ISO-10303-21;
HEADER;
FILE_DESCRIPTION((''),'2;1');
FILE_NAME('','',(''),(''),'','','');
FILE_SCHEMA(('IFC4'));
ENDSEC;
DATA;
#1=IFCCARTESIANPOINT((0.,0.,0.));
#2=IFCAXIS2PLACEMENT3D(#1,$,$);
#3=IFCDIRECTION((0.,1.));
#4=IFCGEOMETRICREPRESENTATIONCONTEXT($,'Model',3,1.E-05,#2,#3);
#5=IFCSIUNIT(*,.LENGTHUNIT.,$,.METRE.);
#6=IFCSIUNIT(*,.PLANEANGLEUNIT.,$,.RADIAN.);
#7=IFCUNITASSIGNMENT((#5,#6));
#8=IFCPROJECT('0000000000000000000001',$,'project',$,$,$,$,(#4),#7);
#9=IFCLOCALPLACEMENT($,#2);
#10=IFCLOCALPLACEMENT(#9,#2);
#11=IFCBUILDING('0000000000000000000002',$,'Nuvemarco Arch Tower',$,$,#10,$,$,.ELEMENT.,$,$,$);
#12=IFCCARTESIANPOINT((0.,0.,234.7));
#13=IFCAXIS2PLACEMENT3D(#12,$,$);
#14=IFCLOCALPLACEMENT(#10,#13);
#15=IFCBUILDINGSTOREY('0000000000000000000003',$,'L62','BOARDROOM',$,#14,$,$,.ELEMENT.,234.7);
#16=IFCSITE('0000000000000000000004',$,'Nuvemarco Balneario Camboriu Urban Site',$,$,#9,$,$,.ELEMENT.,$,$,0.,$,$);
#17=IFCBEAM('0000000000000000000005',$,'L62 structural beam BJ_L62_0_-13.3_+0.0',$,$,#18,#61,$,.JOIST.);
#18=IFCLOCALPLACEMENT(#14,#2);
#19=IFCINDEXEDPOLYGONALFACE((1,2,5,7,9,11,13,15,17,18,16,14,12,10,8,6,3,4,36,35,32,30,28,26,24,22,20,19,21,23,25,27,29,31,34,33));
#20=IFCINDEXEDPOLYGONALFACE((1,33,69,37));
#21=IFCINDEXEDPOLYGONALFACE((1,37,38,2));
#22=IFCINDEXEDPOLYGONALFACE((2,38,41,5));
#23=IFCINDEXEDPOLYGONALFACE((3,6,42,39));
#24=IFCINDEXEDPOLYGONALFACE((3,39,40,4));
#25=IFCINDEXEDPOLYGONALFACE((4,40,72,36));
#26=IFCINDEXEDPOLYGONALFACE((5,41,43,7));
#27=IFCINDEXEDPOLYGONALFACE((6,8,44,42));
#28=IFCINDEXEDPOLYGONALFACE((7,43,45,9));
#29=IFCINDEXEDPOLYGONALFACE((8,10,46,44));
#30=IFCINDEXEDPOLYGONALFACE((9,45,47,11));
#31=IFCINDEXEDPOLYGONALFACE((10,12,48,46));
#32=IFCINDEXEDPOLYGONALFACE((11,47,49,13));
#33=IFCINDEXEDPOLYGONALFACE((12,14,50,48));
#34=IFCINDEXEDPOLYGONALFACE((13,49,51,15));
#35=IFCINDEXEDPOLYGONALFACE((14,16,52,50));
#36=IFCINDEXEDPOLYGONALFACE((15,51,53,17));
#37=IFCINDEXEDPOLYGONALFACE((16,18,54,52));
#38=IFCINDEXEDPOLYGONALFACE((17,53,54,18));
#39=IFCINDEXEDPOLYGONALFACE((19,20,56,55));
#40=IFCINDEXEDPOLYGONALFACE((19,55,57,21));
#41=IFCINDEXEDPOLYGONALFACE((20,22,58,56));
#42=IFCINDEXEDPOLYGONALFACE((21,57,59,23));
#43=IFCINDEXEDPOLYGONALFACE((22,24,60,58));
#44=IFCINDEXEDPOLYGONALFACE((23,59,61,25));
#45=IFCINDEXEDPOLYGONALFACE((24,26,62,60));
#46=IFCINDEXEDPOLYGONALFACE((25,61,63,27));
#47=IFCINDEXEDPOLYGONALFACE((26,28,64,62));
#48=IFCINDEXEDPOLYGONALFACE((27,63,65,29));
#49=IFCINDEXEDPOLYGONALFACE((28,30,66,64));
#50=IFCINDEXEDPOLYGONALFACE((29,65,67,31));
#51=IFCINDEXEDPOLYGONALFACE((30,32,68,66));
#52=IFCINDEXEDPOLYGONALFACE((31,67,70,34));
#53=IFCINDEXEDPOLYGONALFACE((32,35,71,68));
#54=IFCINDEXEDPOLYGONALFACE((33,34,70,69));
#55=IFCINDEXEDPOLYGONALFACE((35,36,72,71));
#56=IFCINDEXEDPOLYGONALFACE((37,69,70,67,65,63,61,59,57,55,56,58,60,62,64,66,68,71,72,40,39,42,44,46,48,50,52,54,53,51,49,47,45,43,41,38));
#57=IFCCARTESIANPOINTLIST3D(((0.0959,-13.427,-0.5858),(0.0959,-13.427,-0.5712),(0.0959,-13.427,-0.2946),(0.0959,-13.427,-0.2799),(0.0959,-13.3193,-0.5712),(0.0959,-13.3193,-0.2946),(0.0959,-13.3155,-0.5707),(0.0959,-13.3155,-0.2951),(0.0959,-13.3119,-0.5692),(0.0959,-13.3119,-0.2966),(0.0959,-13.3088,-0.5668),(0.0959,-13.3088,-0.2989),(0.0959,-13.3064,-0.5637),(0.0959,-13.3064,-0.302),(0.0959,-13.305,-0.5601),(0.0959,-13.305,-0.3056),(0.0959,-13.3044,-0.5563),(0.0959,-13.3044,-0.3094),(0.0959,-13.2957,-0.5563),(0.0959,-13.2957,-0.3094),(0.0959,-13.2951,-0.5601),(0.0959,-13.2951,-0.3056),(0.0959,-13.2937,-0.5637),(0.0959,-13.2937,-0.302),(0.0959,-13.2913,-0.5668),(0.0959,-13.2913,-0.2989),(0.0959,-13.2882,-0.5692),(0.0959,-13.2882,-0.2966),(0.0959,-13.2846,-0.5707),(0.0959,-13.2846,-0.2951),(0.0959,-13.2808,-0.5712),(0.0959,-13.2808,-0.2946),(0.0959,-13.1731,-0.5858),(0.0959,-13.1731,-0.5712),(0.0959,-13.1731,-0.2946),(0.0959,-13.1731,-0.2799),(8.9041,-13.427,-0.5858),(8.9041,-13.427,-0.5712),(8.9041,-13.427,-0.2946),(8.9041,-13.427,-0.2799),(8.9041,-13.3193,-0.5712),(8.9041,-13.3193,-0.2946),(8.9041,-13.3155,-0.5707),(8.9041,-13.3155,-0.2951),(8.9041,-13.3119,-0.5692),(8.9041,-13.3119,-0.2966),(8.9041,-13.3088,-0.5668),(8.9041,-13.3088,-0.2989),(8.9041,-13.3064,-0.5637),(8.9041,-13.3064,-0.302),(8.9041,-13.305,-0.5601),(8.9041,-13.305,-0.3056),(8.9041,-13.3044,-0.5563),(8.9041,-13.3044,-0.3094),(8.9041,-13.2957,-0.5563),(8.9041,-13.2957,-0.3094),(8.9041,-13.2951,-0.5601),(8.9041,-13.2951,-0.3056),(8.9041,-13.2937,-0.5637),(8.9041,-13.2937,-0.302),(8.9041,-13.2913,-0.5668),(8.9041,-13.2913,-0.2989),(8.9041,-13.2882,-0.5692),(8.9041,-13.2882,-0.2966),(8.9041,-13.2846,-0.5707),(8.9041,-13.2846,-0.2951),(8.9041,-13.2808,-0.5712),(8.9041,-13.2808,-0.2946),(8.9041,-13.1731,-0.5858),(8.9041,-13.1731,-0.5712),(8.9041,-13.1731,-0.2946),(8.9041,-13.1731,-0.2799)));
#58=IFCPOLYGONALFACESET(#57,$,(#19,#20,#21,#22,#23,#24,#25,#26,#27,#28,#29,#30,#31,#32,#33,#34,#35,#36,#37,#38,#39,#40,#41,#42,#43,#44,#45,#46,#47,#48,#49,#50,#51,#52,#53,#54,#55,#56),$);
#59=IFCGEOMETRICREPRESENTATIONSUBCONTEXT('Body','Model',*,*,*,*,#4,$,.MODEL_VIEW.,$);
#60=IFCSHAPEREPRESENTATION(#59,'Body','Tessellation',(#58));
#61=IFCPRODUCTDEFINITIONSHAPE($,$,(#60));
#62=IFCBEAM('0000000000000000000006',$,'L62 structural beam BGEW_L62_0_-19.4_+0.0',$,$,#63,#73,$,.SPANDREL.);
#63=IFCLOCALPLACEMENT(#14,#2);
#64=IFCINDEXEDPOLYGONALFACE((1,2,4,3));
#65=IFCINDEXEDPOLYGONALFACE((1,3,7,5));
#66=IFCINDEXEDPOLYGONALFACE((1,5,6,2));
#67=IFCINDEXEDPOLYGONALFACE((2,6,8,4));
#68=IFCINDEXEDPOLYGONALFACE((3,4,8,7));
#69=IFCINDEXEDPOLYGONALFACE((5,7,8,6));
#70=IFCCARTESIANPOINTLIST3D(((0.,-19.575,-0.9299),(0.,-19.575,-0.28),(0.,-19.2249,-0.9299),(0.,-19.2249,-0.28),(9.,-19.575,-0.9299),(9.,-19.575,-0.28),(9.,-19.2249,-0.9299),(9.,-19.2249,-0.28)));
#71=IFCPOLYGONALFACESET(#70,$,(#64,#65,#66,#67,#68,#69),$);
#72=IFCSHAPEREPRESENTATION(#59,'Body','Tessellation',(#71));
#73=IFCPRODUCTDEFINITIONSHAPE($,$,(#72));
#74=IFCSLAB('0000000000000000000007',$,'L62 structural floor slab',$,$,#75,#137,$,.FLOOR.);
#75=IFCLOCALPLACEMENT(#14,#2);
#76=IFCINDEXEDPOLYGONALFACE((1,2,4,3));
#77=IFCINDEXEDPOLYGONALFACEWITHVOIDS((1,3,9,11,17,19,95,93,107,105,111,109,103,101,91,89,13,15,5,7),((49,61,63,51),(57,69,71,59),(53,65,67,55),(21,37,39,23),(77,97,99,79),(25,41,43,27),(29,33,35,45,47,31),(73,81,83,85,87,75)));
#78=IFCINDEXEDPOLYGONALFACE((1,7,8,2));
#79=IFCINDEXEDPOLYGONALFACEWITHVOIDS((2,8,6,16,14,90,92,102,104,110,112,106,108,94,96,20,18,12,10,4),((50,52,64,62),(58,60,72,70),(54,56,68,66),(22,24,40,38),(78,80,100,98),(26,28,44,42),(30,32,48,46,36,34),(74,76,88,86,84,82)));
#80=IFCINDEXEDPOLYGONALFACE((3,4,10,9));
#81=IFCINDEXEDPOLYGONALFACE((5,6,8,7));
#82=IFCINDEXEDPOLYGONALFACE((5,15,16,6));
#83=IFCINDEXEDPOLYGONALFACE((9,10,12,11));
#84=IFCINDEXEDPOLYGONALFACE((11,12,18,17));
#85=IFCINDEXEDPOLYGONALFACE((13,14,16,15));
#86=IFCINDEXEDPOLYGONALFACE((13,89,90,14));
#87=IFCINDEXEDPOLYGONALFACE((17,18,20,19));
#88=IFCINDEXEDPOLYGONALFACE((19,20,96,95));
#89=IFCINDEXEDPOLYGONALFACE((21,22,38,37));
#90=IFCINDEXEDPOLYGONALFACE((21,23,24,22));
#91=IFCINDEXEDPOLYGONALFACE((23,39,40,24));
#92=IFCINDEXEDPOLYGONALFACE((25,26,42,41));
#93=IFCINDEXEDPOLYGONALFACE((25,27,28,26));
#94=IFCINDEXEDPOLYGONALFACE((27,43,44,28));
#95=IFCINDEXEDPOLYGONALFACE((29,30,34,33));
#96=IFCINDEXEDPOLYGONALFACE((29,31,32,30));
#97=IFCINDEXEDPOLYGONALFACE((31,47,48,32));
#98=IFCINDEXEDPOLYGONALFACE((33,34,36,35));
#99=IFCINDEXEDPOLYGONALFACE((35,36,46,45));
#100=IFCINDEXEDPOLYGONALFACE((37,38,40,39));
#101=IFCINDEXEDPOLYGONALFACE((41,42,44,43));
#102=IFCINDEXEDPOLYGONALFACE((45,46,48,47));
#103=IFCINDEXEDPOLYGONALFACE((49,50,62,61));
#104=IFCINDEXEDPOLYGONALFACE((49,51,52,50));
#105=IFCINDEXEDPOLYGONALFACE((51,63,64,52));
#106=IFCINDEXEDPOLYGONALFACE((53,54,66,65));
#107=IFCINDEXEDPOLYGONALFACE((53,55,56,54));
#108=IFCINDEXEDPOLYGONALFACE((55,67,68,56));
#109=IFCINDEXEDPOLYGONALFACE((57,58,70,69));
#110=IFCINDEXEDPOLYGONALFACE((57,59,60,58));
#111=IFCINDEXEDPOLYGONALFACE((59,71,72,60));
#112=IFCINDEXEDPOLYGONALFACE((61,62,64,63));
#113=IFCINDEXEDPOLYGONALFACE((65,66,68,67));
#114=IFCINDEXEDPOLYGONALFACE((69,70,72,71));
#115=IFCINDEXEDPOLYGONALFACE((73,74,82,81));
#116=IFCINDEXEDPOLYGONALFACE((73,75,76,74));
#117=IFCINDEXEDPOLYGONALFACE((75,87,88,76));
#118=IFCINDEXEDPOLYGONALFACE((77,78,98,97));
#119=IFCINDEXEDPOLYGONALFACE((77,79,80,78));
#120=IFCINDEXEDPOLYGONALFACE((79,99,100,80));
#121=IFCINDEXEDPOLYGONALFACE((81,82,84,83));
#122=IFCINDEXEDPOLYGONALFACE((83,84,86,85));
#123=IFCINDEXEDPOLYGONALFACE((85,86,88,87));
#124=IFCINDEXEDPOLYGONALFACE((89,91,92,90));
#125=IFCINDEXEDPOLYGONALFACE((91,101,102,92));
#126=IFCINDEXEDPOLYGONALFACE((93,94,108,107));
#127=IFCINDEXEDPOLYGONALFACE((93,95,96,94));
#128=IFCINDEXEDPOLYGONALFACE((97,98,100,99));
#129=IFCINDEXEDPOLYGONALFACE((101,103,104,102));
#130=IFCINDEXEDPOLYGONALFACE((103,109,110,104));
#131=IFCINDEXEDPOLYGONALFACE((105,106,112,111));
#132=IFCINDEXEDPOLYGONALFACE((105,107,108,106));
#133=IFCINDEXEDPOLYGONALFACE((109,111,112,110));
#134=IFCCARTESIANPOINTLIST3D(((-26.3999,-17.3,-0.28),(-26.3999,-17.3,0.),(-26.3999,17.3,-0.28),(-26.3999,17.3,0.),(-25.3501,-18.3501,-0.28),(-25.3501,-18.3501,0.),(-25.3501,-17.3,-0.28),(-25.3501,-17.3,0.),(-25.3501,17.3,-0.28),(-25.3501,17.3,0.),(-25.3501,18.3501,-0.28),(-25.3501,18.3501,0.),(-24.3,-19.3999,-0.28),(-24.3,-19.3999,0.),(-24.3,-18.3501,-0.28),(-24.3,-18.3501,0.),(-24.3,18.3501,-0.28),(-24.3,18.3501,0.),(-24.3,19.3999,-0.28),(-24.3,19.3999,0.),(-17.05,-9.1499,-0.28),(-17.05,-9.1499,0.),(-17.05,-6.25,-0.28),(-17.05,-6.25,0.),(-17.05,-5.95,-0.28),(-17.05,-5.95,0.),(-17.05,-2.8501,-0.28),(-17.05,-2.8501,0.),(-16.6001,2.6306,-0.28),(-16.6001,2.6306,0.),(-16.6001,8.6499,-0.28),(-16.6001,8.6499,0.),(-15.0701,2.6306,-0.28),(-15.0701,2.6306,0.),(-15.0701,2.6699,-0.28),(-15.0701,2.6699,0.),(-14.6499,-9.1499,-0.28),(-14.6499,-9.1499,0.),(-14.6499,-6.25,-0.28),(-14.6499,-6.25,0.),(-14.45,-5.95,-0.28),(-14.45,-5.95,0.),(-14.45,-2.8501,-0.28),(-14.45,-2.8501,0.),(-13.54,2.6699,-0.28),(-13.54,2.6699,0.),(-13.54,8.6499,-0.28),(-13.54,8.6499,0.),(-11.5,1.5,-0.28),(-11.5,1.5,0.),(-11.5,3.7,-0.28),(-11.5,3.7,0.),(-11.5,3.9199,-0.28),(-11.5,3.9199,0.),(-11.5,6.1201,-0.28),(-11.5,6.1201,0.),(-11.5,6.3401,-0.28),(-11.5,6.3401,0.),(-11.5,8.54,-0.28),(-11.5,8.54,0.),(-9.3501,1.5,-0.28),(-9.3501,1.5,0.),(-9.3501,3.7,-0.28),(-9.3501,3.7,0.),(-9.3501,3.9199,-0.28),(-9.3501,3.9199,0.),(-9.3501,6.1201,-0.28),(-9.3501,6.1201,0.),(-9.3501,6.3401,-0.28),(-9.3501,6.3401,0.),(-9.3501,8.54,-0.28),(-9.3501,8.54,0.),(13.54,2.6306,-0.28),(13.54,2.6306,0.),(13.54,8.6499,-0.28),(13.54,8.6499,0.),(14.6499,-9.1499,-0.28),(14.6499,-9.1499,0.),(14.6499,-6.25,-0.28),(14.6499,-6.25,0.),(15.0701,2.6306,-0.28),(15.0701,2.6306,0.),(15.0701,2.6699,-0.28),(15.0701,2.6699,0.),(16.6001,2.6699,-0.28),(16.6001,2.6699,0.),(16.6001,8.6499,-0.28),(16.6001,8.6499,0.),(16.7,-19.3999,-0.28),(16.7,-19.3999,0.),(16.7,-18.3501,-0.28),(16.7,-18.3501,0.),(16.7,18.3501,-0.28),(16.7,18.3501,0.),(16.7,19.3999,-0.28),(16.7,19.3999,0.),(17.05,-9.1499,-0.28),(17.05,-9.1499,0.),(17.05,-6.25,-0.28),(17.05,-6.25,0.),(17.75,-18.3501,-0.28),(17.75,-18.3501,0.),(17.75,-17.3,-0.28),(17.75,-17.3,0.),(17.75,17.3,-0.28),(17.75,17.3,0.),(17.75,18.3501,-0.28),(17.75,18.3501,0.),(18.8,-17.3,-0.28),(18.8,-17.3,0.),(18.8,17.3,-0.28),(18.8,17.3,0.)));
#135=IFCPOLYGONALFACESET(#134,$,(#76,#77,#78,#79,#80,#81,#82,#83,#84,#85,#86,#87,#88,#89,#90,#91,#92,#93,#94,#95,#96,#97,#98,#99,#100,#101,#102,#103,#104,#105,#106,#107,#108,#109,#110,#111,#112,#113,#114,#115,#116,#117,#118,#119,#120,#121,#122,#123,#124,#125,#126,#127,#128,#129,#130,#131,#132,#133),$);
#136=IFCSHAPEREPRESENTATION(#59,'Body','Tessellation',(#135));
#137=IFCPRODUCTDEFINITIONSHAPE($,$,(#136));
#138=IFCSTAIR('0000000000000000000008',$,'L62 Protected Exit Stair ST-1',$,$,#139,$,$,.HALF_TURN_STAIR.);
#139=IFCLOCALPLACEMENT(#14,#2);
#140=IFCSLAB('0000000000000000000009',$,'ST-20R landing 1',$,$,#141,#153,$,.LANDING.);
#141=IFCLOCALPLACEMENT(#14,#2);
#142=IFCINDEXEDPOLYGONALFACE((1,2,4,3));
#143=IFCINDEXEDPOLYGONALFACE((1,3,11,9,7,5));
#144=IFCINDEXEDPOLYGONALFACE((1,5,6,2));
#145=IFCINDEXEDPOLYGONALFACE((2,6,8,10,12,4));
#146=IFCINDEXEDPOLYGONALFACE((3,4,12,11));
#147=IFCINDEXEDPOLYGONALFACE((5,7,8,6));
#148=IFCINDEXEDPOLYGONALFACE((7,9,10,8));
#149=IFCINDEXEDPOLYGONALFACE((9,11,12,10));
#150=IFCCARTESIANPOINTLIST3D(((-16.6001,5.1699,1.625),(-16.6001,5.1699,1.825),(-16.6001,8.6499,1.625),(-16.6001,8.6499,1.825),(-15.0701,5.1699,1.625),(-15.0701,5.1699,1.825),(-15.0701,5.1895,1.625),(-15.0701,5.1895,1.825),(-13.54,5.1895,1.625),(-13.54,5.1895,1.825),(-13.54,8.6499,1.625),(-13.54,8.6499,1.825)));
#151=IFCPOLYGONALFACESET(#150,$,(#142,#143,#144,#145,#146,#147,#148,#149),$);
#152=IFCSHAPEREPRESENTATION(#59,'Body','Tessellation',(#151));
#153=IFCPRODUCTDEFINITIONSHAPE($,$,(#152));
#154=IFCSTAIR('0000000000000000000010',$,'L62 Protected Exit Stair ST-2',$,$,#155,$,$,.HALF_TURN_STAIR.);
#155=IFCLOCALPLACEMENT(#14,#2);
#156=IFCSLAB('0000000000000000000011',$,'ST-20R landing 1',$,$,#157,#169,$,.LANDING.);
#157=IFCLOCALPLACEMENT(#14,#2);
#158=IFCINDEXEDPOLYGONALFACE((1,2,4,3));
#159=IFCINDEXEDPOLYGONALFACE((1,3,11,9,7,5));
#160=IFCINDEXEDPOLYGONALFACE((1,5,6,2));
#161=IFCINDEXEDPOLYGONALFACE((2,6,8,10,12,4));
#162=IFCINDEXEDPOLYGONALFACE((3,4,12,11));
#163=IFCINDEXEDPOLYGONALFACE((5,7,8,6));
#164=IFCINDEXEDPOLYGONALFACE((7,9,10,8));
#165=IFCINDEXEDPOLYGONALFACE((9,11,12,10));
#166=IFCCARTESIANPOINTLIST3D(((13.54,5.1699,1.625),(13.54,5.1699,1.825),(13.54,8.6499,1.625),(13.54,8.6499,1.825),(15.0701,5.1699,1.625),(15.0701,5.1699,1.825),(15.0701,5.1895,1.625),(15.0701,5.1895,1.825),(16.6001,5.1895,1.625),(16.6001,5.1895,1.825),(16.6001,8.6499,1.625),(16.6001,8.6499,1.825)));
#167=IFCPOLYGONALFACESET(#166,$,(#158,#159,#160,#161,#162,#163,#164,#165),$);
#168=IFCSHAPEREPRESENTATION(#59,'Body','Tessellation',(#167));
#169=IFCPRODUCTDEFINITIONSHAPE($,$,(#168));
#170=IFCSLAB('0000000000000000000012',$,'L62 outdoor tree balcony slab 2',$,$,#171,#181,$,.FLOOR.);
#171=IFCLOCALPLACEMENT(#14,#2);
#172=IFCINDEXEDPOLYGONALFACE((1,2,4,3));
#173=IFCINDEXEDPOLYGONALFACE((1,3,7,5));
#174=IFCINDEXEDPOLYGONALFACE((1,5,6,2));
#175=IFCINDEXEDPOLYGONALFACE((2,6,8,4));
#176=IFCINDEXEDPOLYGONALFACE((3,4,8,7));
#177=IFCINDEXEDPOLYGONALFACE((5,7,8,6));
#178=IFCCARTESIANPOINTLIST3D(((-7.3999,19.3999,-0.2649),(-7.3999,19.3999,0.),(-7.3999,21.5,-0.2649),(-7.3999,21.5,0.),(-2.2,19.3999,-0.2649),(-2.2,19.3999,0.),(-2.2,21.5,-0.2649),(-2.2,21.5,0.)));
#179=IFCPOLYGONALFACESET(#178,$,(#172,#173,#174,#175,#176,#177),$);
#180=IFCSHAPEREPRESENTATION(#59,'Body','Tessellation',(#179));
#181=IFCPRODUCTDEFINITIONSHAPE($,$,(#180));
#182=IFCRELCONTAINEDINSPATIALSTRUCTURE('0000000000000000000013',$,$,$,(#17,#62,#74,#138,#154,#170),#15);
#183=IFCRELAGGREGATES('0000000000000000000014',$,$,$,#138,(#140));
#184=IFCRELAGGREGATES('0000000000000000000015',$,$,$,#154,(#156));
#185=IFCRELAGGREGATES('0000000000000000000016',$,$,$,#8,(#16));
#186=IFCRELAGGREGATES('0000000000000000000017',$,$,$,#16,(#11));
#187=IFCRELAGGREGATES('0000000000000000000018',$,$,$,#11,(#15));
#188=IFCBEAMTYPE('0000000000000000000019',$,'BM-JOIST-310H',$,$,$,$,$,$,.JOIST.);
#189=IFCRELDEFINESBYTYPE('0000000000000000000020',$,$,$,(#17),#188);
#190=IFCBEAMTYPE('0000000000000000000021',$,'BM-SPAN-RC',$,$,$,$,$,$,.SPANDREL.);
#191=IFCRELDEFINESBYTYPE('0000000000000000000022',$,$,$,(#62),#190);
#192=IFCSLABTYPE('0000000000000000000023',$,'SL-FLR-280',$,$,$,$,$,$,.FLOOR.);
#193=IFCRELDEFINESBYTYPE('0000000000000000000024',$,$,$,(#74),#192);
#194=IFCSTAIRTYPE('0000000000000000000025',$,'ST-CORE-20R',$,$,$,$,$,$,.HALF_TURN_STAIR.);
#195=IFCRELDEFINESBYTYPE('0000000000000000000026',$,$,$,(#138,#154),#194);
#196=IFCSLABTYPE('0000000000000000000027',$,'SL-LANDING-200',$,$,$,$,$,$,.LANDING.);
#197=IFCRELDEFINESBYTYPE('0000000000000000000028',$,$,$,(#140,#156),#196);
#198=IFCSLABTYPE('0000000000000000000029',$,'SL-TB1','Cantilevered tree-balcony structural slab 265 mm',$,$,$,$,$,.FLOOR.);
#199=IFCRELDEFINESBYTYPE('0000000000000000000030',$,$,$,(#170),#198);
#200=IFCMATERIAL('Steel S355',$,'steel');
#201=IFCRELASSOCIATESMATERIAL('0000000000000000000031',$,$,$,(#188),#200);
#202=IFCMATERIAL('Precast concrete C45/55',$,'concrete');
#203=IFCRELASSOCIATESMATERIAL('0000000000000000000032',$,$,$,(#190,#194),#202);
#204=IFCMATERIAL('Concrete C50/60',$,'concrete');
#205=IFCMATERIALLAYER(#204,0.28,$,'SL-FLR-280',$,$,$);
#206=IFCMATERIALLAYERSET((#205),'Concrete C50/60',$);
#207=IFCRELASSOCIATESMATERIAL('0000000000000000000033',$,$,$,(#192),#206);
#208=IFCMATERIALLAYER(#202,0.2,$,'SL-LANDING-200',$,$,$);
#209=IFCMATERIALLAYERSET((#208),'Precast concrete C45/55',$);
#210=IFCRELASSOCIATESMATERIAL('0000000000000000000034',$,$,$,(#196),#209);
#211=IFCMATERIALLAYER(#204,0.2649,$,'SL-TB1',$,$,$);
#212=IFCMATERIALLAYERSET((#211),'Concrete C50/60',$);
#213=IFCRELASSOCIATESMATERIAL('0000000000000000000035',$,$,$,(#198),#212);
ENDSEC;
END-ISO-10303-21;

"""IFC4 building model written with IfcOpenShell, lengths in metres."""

from ifc_helpers import new_model, si_unit, direction, frame, origin, origin_2d, place, context, subcontext, project, spatial, polyline, rectangle, i_section, outline, extrude, material, layer, layer_set, material_profile, profile_set, type_object, element, aggregate, save


model = new_model("IFC4")

# Units and contexts
model_context = context("Model", 3, precision=1e-05, world=origin(), true_north=direction((0.0, 1.0)))
body_context = subcontext(model_context, "Body", "Model", "MODEL_VIEW")
ifc_project = project(units=[si_unit("LENGTHUNIT", "METRE"), si_unit("PLANEANGLEUNIT", "RADIAN")], contexts=[model_context])

# Site, building, storey
site_placement = place(None, origin())
site = spatial("IfcSite", under=ifc_project, at=site_placement, Name="Nuvemarco Balneario Camboriu Urban Site", CompositionType="ELEMENT", RefElevation=0.0)
building_placement = place(site_placement, origin())
building = spatial("IfcBuilding", under=site, at=building_placement, Name="Nuvemarco Arch Tower", CompositionType="ELEMENT")
storey_placement = place(building_placement, frame((0.0, 0.0, 234.7)))
storey = spatial("IfcBuildingStorey", under=building, at=storey_placement, Name="L62", Description="BOARDROOM", CompositionType="ELEMENT", Elevation=234.7)

# Shared definitions
ifc_material_1 = material(Name="Steel S355", Category="steel")

# Beams
ifc_material_profile_1 = material_profile(ifc_material_1, i_section(OverallWidth=0.2539, OverallDepth=0.3059, WebThickness=0.0088, FlangeThickness=0.0146, FilletRadius=0.0149, at=origin_2d()), Name="W310x79")
ifc_profile_set_1 = profile_set([ifc_material_profile_1], Name="Steel S355")
beam_type_1 = type_object("IfcBeamType", Name="BM-JOIST-310H", PredefinedType="JOIST", material=ifc_profile_set_1)
beam_1_placement = place(storey_placement, frame((0.0959, -13.3, -0.4329), z_axis=(1.0, 0.0, 0.0), x_axis=(0.0, 1.0, 0.0)))
element("IfcBeam", 1, at=beam_1_placement, inside=storey, type_object=beam_type_1, Name="L62 structural beam BJ_L62_0_-13.3_+0.0", PredefinedType="JOIST", context=body_context, shape_type="SweptSolid", body=[
    extrude(i_section(OverallWidth=0.2539, OverallDepth=0.3059, WebThickness=0.0088, FlangeThickness=0.0146, FilletRadius=0.0149, at=origin_2d()), origin(), (0.0, 0.0, 1.0), 8.8081),
])
ifc_material_2 = material(Name="Precast concrete C45/55", Category="concrete")
ifc_material_profile_2 = material_profile(ifc_material_2, rectangle(XDim=0.3501, YDim=0.6499, at=origin_2d()), Name="PC-SP-350x650")
ifc_profile_set_2 = profile_set([ifc_material_profile_2], Name="Precast concrete C45/55")
beam_type_2 = type_object("IfcBeamType", Name="BM-SPAN-RC", PredefinedType="SPANDREL", material=ifc_profile_set_2)
beam_2_placement = place(storey_placement, frame((0.0, -19.3999, -0.605), z_axis=(1.0, 0.0, 0.0), x_axis=(0.0, 1.0, 0.0)))
element("IfcBeam", 2, at=beam_2_placement, inside=storey, type_object=beam_type_2, Name="L62 structural beam BGEW_L62_0_-19.4_+0.0", PredefinedType="SPANDREL", context=body_context, shape_type="SweptSolid", body=[
    extrude(rectangle(XDim=0.3501, YDim=0.6499, at=origin_2d()), origin(), (0.0, 0.0, 1.0), 9.0),
])

# Slab
ifc_material_3 = material(Name="Concrete C50/60", Category="concrete")
ifc_layer_1 = layer(ifc_material_3, 0.28, Name="SL-FLR-280")
ifc_layer_set_1 = layer_set([ifc_layer_1], Name="Concrete C50/60")
slab_type_1 = type_object("IfcSlabType", Name="SL-FLR-280", PredefinedType="FLOOR", material=ifc_layer_set_1)
slab_1_placement = place(storey_placement, frame((0.0, 0.0, -0.28)))
element("IfcSlab", 3, at=slab_1_placement, inside=storey, type_object=slab_type_1, Name="L62 structural floor slab", PredefinedType="FLOOR", context=body_context, shape_type="SweptSolid", body=[
    extrude(outline(polyline([(-24.3, -19.3999), (16.7, -19.3999), (16.7, -18.3501), (17.75, -18.3501), (17.75, -17.3), (18.8, -17.3), (18.8, 17.3), (17.75, 17.3), (17.75, 18.3501), (16.7, 18.3501), (16.7, 19.3999), (-24.3, 19.3999), (-24.3, 18.3501), (-25.3501, 18.3501), (-25.3501, 17.3), (-26.3999, 17.3), (-26.3999, -17.3), (-25.3501, -17.3), (-25.3501, -18.3501), (-24.3, -18.3501), (-24.3, -19.3999)]), holes=[polyline([(-13.54, 2.6699), (-13.54, 8.6499), (-16.6001, 8.6499), (-16.6001, 2.6306), (-15.0701, 2.6306), (-15.0701, 2.6699), (-13.54, 2.6699)]), polyline([(16.6001, 2.6699), (16.6001, 8.6499), (13.54, 8.6499), (13.54, 2.6306), (15.0701, 2.6306), (15.0701, 2.6699), (16.6001, 2.6699)]), polyline([(-17.05, -9.1499), (-14.6499, -9.1499), (-14.6499, -6.25), (-17.05, -6.25), (-17.05, -9.1499)]), polyline([(-17.05, -5.95), (-14.45, -5.95), (-14.45, -2.8501), (-17.05, -2.8501), (-17.05, -5.95)]), polyline([(-11.5, 1.5), (-9.3501, 1.5), (-9.3501, 3.7), (-11.5, 3.7), (-11.5, 1.5)]), polyline([(-11.5, 3.9199), (-9.3501, 3.9199), (-9.3501, 6.1201), (-11.5, 6.1201), (-11.5, 3.9199)]), polyline([(-11.5, 6.3401), (-9.3501, 6.3401), (-9.3501, 8.54), (-11.5, 8.54), (-11.5, 6.3401)]), polyline([(14.6499, -9.1499), (17.05, -9.1499), (17.05, -6.25), (14.6499, -6.25), (14.6499, -9.1499)])]), origin(), (0.0, 0.0, 1.0), 0.28),
])

# Stairs, slabs
stair_type = type_object("IfcStairType", Name="ST-CORE-20R", PredefinedType="HALF_TURN_STAIR", material=ifc_material_2)
stair_1_placement = place(storey_placement, origin())
stair_1 = element("IfcStair", 4, at=stair_1_placement, inside=storey, type_object=stair_type, Name="L62 Protected Exit Stair ST-1", PredefinedType="HALF_TURN_STAIR")
ifc_layer_2 = layer(ifc_material_2, 0.2, Name="SL-LANDING-200")
ifc_layer_set_2 = layer_set([ifc_layer_2], Name="Precast concrete C45/55")
slab_type_2 = type_object("IfcSlabType", Name="SL-LANDING-200", PredefinedType="LANDING", material=ifc_layer_set_2)
slab_2_placement = place(storey_placement, frame((0.0, 0.0, 1.625)))
slab_2 = element("IfcSlab", 5, at=slab_2_placement, type_object=slab_type_2, Name="ST-20R landing 1", PredefinedType="LANDING", context=body_context, shape_type="SweptSolid", body=[
    extrude(outline(polyline([(-13.54, 5.1895), (-13.54, 8.6499), (-16.6001, 8.6499), (-16.6001, 5.1699), (-15.0701, 5.1699), (-15.0701, 5.1895), (-13.54, 5.1895)])), origin(), (0.0, 0.0, 1.0), 0.2),
])
aggregate(stair_1, [slab_2])
stair_2_placement = place(storey_placement, origin())
stair_2 = element("IfcStair", 6, at=stair_2_placement, inside=storey, type_object=stair_type, Name="L62 Protected Exit Stair ST-2", PredefinedType="HALF_TURN_STAIR")
slab_3_placement = place(storey_placement, frame((0.0, 0.0, 1.625)))
slab_3 = element("IfcSlab", 7, at=slab_3_placement, type_object=slab_type_2, Name="ST-20R landing 1", PredefinedType="LANDING", context=body_context, shape_type="SweptSolid", body=[
    extrude(outline(polyline([(16.6001, 5.1895), (16.6001, 8.6499), (13.54, 8.6499), (13.54, 5.1699), (15.0701, 5.1699), (15.0701, 5.1895), (16.6001, 5.1895)])), origin(), (0.0, 0.0, 1.0), 0.2),
])
aggregate(stair_2, [slab_3])

# Slab
ifc_layer_3 = layer(ifc_material_3, 0.2649, Name="SL-TB1")
ifc_layer_set_3 = layer_set([ifc_layer_3], Name="Concrete C50/60")
slab_type_3 = type_object("IfcSlabType", Name="SL-TB1", Description="Cantilevered tree-balcony structural slab 265 mm", PredefinedType="FLOOR", material=ifc_layer_set_3)
slab_4_placement = place(storey_placement, frame((0.0, 0.0, -0.2649)))
element("IfcSlab", 8, at=slab_4_placement, inside=storey, type_object=slab_type_3, Name="L62 outdoor tree balcony slab 2", PredefinedType="FLOOR", context=body_context, shape_type="SweptSolid", body=[
    extrude(outline(polyline([(-7.3999, 19.3999), (-2.2, 19.3999), (-2.2, 21.5), (-7.3999, 21.5), (-7.3999, 19.3999)])), origin(), (0.0, 0.0, 1.0), 0.2649),
])

save(model, "model.ifc")
